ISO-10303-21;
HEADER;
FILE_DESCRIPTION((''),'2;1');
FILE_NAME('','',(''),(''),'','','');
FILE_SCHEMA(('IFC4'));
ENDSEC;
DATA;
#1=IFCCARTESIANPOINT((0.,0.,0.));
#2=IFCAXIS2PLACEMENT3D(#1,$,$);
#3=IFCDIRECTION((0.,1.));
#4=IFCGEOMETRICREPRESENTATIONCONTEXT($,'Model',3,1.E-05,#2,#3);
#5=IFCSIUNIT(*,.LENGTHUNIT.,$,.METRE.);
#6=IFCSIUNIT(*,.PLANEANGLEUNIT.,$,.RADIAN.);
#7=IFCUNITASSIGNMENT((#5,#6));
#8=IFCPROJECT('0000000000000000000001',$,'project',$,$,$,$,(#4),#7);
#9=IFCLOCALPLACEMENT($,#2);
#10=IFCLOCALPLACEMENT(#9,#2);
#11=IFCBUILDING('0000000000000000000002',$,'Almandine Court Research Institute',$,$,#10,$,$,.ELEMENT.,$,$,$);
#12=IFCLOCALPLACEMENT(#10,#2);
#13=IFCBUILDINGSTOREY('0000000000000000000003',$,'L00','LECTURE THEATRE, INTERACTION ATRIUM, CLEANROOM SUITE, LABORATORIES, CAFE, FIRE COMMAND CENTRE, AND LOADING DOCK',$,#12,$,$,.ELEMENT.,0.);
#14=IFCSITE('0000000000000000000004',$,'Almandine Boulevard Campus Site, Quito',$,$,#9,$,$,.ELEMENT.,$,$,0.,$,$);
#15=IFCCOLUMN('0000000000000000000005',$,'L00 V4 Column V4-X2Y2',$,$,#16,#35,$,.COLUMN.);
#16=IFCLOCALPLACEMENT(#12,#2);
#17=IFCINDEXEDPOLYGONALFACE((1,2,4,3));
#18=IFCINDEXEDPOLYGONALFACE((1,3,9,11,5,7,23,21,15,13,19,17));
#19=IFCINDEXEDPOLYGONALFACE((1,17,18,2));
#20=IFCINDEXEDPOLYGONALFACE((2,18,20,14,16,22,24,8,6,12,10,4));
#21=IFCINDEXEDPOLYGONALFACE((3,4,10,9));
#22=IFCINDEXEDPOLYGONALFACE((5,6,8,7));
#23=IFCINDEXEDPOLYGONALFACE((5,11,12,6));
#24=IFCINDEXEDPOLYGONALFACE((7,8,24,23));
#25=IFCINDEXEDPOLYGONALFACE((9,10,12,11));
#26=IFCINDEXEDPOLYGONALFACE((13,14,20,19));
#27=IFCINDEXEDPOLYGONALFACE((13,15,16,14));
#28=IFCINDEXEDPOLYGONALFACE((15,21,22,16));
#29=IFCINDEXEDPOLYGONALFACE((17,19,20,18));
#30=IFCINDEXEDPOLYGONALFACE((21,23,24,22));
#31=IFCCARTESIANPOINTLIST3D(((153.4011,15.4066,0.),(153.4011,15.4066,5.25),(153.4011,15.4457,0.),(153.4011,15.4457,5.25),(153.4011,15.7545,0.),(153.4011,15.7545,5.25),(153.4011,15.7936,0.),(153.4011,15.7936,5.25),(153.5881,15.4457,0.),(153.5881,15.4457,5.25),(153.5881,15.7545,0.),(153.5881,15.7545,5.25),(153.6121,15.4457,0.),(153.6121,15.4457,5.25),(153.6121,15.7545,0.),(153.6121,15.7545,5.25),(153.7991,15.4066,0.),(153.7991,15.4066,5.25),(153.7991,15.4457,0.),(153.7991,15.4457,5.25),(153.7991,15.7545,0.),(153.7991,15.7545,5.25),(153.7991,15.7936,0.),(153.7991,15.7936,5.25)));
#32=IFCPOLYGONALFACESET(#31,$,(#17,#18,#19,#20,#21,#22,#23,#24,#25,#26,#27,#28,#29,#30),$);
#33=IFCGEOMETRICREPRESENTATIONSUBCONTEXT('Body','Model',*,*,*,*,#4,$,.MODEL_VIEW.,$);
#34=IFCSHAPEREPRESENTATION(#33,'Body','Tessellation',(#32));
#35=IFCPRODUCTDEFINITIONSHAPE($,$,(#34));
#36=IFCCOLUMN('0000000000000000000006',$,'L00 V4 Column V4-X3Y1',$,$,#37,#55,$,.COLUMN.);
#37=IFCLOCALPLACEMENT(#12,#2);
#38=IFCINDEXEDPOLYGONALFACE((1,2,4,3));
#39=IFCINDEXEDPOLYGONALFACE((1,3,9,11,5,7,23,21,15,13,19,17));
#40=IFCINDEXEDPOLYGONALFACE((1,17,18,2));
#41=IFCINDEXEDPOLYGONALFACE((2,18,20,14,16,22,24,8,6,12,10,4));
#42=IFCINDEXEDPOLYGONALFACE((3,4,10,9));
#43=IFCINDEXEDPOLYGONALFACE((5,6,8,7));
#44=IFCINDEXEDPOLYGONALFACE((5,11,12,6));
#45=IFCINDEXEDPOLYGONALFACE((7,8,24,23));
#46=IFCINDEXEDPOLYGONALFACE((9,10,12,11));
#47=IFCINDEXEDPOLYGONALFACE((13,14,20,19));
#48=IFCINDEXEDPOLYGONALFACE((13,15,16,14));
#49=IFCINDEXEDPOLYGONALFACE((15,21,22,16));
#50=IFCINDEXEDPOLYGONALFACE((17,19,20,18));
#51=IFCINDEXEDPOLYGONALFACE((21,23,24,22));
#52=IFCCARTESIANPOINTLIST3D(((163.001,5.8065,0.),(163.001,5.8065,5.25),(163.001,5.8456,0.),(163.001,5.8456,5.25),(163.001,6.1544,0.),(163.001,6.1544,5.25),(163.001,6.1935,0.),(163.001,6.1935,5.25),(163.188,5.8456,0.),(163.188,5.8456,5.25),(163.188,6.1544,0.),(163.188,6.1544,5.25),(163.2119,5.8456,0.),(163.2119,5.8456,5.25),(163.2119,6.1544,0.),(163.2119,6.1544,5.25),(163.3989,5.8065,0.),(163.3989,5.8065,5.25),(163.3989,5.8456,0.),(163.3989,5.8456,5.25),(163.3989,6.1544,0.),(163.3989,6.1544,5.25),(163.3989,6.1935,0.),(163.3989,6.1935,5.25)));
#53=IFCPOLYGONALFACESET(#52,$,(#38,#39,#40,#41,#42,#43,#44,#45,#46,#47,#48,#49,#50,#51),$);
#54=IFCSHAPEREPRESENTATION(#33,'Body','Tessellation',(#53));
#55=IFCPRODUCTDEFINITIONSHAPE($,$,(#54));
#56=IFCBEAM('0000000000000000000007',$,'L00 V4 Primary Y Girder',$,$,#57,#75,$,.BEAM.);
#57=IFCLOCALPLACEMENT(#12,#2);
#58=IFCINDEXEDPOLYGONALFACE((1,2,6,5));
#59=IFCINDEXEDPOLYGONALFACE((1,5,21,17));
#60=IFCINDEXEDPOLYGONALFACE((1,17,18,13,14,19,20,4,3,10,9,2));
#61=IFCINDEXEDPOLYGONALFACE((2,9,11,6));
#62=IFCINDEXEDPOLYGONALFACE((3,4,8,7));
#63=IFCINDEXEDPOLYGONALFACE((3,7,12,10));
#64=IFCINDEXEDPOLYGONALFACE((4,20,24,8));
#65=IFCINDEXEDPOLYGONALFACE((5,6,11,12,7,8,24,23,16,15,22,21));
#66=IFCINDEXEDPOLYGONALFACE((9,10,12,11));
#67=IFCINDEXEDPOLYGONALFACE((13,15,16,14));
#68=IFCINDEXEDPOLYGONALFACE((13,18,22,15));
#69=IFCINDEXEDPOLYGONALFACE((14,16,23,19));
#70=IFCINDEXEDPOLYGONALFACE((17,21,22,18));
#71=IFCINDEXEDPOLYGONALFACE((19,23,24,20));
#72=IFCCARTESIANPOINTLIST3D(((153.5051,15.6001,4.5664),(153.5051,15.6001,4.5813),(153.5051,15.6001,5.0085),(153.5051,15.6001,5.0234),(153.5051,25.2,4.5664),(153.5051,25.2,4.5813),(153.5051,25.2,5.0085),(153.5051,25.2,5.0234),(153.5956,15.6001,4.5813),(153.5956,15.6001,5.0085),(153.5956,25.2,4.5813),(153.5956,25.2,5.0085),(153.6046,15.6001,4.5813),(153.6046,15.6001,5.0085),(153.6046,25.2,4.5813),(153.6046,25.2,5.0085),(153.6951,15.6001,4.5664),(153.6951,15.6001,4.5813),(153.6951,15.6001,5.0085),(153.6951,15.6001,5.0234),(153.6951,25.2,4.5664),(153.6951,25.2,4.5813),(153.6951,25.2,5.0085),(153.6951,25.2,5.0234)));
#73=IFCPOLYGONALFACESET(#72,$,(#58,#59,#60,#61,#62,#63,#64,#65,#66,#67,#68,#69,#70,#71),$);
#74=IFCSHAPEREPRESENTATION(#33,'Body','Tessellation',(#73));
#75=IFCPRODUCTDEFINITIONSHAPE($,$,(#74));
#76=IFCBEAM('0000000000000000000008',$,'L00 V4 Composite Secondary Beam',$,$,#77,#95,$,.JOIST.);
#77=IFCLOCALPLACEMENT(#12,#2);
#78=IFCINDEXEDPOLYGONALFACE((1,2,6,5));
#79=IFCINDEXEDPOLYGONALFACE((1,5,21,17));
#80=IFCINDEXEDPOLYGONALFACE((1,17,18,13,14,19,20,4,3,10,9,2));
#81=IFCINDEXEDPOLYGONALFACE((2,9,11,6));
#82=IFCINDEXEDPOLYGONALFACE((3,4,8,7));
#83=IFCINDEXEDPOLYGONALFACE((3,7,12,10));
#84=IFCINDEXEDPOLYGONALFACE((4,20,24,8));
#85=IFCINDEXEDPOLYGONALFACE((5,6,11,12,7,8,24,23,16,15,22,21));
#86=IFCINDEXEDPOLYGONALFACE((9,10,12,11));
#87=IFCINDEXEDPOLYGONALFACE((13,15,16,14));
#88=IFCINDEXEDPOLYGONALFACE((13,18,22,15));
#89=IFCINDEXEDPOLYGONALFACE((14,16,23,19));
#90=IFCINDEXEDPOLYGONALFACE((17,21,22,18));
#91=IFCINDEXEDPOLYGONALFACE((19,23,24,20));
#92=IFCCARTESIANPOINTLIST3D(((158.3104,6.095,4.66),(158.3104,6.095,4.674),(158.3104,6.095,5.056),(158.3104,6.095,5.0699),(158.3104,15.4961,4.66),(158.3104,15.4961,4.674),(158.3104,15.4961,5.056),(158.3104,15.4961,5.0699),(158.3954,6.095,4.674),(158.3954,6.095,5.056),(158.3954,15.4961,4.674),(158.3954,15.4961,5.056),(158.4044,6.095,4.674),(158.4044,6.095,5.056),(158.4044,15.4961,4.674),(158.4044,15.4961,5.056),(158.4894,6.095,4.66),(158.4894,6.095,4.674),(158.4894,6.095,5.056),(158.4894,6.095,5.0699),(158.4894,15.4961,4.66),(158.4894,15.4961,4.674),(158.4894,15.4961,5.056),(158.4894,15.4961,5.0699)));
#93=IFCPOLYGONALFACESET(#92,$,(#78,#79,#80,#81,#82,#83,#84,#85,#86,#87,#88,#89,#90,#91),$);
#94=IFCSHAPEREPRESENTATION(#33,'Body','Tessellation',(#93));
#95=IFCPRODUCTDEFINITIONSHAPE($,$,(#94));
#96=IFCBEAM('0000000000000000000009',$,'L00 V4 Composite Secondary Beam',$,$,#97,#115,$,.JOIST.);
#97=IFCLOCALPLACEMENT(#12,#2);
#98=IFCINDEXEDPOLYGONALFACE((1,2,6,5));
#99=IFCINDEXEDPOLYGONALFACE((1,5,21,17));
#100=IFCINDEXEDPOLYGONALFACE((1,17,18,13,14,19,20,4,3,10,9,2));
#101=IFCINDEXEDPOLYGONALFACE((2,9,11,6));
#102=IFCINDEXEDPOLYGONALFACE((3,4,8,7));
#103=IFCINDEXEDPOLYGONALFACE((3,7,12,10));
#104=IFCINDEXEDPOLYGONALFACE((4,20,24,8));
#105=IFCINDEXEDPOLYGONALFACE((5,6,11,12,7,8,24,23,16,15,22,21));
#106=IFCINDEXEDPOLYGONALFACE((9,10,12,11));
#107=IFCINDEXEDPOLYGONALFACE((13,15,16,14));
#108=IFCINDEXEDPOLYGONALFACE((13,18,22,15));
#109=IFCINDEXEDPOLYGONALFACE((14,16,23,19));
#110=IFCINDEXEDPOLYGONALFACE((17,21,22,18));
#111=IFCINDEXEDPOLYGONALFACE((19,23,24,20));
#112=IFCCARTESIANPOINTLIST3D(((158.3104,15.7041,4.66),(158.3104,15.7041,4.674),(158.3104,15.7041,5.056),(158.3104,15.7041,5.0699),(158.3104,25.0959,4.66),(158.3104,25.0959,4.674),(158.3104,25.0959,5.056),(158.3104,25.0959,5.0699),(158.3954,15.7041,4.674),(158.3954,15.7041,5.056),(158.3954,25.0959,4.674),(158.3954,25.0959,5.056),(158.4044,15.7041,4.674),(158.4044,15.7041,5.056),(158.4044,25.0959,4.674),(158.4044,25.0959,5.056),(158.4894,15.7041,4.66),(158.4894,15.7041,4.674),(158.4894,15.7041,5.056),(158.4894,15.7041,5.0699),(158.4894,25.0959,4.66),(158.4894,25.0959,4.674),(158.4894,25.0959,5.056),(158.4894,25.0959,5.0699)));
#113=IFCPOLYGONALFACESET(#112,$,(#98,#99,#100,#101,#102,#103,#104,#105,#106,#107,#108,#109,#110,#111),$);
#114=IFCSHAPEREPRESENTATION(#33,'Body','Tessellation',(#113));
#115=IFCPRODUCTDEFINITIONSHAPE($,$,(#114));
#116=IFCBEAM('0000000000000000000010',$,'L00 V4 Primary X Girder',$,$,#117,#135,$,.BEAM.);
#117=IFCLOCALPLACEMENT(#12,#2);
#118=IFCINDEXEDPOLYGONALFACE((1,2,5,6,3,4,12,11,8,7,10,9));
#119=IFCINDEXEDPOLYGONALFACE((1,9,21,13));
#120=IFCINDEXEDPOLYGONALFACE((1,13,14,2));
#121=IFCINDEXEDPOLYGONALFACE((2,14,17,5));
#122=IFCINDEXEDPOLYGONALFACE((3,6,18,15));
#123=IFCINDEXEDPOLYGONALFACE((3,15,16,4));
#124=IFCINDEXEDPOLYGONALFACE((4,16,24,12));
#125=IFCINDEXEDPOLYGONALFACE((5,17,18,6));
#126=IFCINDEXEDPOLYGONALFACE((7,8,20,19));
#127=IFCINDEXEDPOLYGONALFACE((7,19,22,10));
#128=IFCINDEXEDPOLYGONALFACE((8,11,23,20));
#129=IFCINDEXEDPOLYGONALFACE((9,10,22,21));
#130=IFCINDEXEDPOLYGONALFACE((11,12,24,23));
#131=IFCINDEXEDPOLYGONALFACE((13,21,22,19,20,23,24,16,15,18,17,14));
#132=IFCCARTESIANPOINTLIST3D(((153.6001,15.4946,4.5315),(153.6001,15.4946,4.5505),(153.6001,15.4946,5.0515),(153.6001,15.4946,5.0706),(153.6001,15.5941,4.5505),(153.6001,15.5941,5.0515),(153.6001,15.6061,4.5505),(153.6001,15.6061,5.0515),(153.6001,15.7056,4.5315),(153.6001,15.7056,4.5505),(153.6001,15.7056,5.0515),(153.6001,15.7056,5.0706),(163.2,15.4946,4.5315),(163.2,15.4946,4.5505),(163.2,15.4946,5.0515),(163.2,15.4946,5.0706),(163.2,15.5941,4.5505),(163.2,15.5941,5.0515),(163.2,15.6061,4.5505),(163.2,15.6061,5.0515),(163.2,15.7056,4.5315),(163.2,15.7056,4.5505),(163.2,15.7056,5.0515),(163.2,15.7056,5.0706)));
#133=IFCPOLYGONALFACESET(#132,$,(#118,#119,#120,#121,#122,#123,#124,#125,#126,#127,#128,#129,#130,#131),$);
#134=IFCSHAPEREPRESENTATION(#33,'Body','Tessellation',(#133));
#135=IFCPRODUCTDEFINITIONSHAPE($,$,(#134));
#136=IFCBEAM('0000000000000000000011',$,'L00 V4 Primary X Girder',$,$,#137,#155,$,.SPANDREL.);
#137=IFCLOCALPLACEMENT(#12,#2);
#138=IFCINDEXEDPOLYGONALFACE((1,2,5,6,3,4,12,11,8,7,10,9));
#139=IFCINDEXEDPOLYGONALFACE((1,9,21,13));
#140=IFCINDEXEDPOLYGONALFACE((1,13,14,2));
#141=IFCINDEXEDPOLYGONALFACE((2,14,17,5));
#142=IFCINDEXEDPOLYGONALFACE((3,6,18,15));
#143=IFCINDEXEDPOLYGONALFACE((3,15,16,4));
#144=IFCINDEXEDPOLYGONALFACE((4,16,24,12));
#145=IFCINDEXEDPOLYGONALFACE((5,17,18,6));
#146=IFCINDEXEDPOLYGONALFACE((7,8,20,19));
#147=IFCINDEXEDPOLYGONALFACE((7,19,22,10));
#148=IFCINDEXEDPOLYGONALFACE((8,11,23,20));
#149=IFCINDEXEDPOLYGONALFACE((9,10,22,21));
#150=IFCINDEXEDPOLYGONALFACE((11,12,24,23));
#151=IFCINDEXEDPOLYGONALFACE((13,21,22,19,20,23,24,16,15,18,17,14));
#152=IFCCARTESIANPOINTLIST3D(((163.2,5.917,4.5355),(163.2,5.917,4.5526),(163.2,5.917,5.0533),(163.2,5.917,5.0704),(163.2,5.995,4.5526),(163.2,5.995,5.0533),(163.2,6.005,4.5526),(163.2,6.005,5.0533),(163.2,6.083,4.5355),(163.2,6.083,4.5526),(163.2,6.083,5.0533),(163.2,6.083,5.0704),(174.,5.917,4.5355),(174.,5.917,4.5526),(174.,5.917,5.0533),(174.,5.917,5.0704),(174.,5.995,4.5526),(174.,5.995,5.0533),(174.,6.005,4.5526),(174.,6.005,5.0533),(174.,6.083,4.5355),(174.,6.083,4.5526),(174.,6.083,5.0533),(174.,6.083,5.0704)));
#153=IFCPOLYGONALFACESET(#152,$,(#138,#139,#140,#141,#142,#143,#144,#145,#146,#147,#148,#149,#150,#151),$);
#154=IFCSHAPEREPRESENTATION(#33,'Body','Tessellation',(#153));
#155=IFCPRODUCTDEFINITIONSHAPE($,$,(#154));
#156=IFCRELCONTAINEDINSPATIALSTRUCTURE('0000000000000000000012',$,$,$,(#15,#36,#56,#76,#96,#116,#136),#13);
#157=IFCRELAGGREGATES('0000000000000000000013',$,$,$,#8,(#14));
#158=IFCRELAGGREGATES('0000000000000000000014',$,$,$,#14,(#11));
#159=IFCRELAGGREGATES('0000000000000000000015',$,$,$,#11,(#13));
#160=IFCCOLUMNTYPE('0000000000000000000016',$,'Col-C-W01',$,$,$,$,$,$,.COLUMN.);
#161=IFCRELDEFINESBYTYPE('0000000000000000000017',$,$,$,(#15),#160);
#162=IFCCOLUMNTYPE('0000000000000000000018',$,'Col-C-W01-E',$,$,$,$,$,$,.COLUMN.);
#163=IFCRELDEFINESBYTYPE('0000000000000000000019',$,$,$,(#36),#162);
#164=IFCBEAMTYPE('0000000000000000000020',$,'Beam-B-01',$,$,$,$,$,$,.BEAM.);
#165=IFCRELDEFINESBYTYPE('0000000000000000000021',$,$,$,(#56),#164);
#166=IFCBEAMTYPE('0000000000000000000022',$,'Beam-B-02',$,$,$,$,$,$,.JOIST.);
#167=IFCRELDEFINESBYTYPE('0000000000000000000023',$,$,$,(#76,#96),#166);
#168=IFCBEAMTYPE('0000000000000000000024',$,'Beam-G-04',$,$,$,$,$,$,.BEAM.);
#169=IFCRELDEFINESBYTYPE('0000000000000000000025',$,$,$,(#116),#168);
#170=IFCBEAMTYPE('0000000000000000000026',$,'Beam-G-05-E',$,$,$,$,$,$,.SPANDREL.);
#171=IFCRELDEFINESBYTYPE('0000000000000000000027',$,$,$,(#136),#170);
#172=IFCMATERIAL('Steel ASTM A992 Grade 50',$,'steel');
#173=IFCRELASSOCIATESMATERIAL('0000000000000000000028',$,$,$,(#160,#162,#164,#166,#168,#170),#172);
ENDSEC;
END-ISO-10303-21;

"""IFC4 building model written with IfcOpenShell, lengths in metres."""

from ifc_helpers import new_model, si_unit, direction, frame, origin, origin_2d, place, context, subcontext, project, spatial, i_section, extrude, material, material_profile, profile_set, type_object, element, save


model = new_model("IFC4")

# Units and contexts
model_context = context("Model", 3, precision=1e-05, world=origin(), true_north=direction((0.0, 1.0)))
body_context = subcontext(model_context, "Body", "Model", "MODEL_VIEW")
ifc_project = project(units=[si_unit("LENGTHUNIT", "METRE"), si_unit("PLANEANGLEUNIT", "RADIAN")], contexts=[model_context])

# Site, building, storey
site_placement = place(None, origin())
site = spatial("IfcSite", under=ifc_project, at=site_placement, Name="Almandine Boulevard Campus Site, Quito", CompositionType="ELEMENT", RefElevation=0.0)
building_placement = place(site_placement, origin())
building = spatial("IfcBuilding", under=site, at=building_placement, Name="Almandine Court Research Institute", CompositionType="ELEMENT")
storey_placement = place(building_placement, origin())
storey = spatial("IfcBuildingStorey", under=building, at=storey_placement, Name="L00", Description="LECTURE THEATRE, INTERACTION ATRIUM, CLEANROOM SUITE, LABORATORIES, CAFE, FIRE COMMAND CENTRE, AND LOADING DOCK", CompositionType="ELEMENT", Elevation=0.0)

# Columns
ifc_material_1 = material(Name="Steel ASTM A992 Grade 50", Category="steel")
ifc_material_profile_1 = material_profile(ifc_material_1, i_section(OverallWidth=0.3979, OverallDepth=0.387, WebThickness=0.0239, FlangeThickness=0.0391, at=origin_2d()), Name="W360x262")
ifc_profile_set_1 = profile_set([ifc_material_profile_1], Name="Steel ASTM A992 Grade 50")
column_type_1 = type_object("IfcColumnType", Name="Col-C-W01", PredefinedType="COLUMN", material=ifc_profile_set_1)
column_1_placement = place(storey_placement, frame((153.6001, 15.6001, 0.0), z_axis=(0.0, 0.0, 1.0), x_axis=(1.0, 0.0, 0.0)))
element("IfcColumn", 1, at=column_1_placement, inside=storey, type_object=column_type_1, Name="L00 V4 Column V4-X2Y2", PredefinedType="COLUMN", context=body_context, shape_type="SweptSolid", body=[
    extrude(i_section(OverallWidth=0.3979, OverallDepth=0.387, WebThickness=0.0239, FlangeThickness=0.0391, at=origin_2d()), origin(), (0.0, 0.0, 1.0), 5.25),
])
ifc_material_profile_2 = material_profile(ifc_material_1, i_section(OverallWidth=0.3979, OverallDepth=0.387, WebThickness=0.0239, FlangeThickness=0.0391, at=origin_2d()), Name="W360x262")
ifc_profile_set_2 = profile_set([ifc_material_profile_2], Name="Steel ASTM A992 Grade 50")
column_type_2 = type_object("IfcColumnType", Name="Col-C-W01-E", PredefinedType="COLUMN", material=ifc_profile_set_2)
column_2_placement = place(storey_placement, frame((163.2, 6.0, 0.0), z_axis=(0.0, 0.0, 1.0), x_axis=(1.0, 0.0, 0.0)))
element("IfcColumn", 2, at=column_2_placement, inside=storey, type_object=column_type_2, Name="L00 V4 Column V4-X3Y1", PredefinedType="COLUMN", context=body_context, shape_type="SweptSolid", body=[
    extrude(i_section(OverallWidth=0.3979, OverallDepth=0.387, WebThickness=0.0239, FlangeThickness=0.0391, at=origin_2d()), origin(), (0.0, 0.0, 1.0), 5.25),
])

# Beams
ifc_material_profile_3 = material_profile(ifc_material_1, i_section(OverallWidth=0.1899, OverallDepth=0.457, WebThickness=0.009, FlangeThickness=0.0149, at=origin_2d()), Name="W460x74")
ifc_profile_set_3 = profile_set([ifc_material_profile_3], Name="Steel ASTM A992 Grade 50")
beam_type_1 = type_object("IfcBeamType", Name="Beam-B-01", PredefinedType="BEAM", material=ifc_profile_set_3)
beam_1_placement = place(storey_placement, frame((153.6001, 15.6001, 4.7949), z_axis=(0.0, 1.0, 0.0), x_axis=(-1.0, 0.0, 0.0)))
element("IfcBeam", 3, at=beam_1_placement, inside=storey, type_object=beam_type_1, Name="L00 V4 Primary Y Girder", PredefinedType="BEAM", context=body_context, shape_type="SweptSolid", body=[
    extrude(i_section(OverallWidth=0.1899, OverallDepth=0.457, WebThickness=0.009, FlangeThickness=0.0149, at=origin_2d()), origin(), (0.0, 0.0, 1.0), 9.5999),
])
ifc_material_profile_4 = material_profile(ifc_material_1, i_section(OverallWidth=0.179, OverallDepth=0.4099, WebThickness=0.009, FlangeThickness=0.0139, at=origin_2d()), Name="W410x67")
ifc_profile_set_4 = profile_set([ifc_material_profile_4], Name="Steel ASTM A992 Grade 50")
beam_type_2 = type_object("IfcBeamType", Name="Beam-B-02", PredefinedType="JOIST", material=ifc_profile_set_4)
beam_2_placement = place(storey_placement, frame((158.3999, 6.095, 4.865), z_axis=(0.0, 1.0, 0.0), x_axis=(-1.0, 0.0, 0.0)))
element("IfcBeam", 4, at=beam_2_placement, inside=storey, type_object=beam_type_2, Name="L00 V4 Composite Secondary Beam", PredefinedType="JOIST", context=body_context, shape_type="SweptSolid", body=[
    extrude(i_section(OverallWidth=0.179, OverallDepth=0.4099, WebThickness=0.009, FlangeThickness=0.0139, at=origin_2d()), origin(), (0.0, 0.0, 1.0), 9.4011),
])
beam_3_placement = place(storey_placement, frame((158.3999, 15.7041, 4.865), z_axis=(0.0, 1.0, 0.0), x_axis=(-1.0, 0.0, 0.0)))
element("IfcBeam", 5, at=beam_3_placement, inside=storey, type_object=beam_type_2, Name="L00 V4 Composite Secondary Beam", PredefinedType="JOIST", context=body_context, shape_type="SweptSolid", body=[
    extrude(i_section(OverallWidth=0.179, OverallDepth=0.4099, WebThickness=0.009, FlangeThickness=0.0139, at=origin_2d()), origin(), (0.0, 0.0, 1.0), 9.3918),
])
ifc_material_profile_5 = material_profile(ifc_material_1, i_section(OverallWidth=0.2109, OverallDepth=0.5391, WebThickness=0.012, FlangeThickness=0.019, at=origin_2d()), Name="W530x109")
ifc_profile_set_5 = profile_set([ifc_material_profile_5], Name="Steel ASTM A992 Grade 50")
beam_type_3 = type_object("IfcBeamType", Name="Beam-G-04", PredefinedType="BEAM", material=ifc_profile_set_5)
beam_4_placement = place(storey_placement, frame((153.6001, 15.6001, 4.801), z_axis=(1.0, 0.0, 0.0), x_axis=(0.0, 1.0, 0.0)))
element("IfcBeam", 6, at=beam_4_placement, inside=storey, type_object=beam_type_3, Name="L00 V4 Primary X Girder", PredefinedType="BEAM", context=body_context, shape_type="SweptSolid", body=[
    extrude(i_section(OverallWidth=0.2109, OverallDepth=0.5391, WebThickness=0.012, FlangeThickness=0.019, at=origin_2d()), origin(), (0.0, 0.0, 1.0), 9.5999),
])
ifc_material_profile_6 = material_profile(ifc_material_1, i_section(OverallWidth=0.166, OverallDepth=0.5349, WebThickness=0.01, FlangeThickness=0.0171, at=origin_2d()), Name="W530x85")
ifc_profile_set_6 = profile_set([ifc_material_profile_6], Name="Steel ASTM A992 Grade 50")
beam_type_4 = type_object("IfcBeamType", Name="Beam-G-05-E", PredefinedType="SPANDREL", material=ifc_profile_set_6)
beam_5_placement = place(storey_placement, frame((163.2, 6.0, 4.803), z_axis=(1.0, 0.0, 0.0), x_axis=(0.0, 1.0, 0.0)))
element("IfcBeam", 7, at=beam_5_placement, inside=storey, type_object=beam_type_4, Name="L00 V4 Primary X Girder", PredefinedType="SPANDREL", context=body_context, shape_type="SweptSolid", body=[
    extrude(i_section(OverallWidth=0.166, OverallDepth=0.5349, WebThickness=0.01, FlangeThickness=0.0171, at=origin_2d()), origin(), (0.0, 0.0, 1.0), 10.8),
])

save(model, "model.ifc")
